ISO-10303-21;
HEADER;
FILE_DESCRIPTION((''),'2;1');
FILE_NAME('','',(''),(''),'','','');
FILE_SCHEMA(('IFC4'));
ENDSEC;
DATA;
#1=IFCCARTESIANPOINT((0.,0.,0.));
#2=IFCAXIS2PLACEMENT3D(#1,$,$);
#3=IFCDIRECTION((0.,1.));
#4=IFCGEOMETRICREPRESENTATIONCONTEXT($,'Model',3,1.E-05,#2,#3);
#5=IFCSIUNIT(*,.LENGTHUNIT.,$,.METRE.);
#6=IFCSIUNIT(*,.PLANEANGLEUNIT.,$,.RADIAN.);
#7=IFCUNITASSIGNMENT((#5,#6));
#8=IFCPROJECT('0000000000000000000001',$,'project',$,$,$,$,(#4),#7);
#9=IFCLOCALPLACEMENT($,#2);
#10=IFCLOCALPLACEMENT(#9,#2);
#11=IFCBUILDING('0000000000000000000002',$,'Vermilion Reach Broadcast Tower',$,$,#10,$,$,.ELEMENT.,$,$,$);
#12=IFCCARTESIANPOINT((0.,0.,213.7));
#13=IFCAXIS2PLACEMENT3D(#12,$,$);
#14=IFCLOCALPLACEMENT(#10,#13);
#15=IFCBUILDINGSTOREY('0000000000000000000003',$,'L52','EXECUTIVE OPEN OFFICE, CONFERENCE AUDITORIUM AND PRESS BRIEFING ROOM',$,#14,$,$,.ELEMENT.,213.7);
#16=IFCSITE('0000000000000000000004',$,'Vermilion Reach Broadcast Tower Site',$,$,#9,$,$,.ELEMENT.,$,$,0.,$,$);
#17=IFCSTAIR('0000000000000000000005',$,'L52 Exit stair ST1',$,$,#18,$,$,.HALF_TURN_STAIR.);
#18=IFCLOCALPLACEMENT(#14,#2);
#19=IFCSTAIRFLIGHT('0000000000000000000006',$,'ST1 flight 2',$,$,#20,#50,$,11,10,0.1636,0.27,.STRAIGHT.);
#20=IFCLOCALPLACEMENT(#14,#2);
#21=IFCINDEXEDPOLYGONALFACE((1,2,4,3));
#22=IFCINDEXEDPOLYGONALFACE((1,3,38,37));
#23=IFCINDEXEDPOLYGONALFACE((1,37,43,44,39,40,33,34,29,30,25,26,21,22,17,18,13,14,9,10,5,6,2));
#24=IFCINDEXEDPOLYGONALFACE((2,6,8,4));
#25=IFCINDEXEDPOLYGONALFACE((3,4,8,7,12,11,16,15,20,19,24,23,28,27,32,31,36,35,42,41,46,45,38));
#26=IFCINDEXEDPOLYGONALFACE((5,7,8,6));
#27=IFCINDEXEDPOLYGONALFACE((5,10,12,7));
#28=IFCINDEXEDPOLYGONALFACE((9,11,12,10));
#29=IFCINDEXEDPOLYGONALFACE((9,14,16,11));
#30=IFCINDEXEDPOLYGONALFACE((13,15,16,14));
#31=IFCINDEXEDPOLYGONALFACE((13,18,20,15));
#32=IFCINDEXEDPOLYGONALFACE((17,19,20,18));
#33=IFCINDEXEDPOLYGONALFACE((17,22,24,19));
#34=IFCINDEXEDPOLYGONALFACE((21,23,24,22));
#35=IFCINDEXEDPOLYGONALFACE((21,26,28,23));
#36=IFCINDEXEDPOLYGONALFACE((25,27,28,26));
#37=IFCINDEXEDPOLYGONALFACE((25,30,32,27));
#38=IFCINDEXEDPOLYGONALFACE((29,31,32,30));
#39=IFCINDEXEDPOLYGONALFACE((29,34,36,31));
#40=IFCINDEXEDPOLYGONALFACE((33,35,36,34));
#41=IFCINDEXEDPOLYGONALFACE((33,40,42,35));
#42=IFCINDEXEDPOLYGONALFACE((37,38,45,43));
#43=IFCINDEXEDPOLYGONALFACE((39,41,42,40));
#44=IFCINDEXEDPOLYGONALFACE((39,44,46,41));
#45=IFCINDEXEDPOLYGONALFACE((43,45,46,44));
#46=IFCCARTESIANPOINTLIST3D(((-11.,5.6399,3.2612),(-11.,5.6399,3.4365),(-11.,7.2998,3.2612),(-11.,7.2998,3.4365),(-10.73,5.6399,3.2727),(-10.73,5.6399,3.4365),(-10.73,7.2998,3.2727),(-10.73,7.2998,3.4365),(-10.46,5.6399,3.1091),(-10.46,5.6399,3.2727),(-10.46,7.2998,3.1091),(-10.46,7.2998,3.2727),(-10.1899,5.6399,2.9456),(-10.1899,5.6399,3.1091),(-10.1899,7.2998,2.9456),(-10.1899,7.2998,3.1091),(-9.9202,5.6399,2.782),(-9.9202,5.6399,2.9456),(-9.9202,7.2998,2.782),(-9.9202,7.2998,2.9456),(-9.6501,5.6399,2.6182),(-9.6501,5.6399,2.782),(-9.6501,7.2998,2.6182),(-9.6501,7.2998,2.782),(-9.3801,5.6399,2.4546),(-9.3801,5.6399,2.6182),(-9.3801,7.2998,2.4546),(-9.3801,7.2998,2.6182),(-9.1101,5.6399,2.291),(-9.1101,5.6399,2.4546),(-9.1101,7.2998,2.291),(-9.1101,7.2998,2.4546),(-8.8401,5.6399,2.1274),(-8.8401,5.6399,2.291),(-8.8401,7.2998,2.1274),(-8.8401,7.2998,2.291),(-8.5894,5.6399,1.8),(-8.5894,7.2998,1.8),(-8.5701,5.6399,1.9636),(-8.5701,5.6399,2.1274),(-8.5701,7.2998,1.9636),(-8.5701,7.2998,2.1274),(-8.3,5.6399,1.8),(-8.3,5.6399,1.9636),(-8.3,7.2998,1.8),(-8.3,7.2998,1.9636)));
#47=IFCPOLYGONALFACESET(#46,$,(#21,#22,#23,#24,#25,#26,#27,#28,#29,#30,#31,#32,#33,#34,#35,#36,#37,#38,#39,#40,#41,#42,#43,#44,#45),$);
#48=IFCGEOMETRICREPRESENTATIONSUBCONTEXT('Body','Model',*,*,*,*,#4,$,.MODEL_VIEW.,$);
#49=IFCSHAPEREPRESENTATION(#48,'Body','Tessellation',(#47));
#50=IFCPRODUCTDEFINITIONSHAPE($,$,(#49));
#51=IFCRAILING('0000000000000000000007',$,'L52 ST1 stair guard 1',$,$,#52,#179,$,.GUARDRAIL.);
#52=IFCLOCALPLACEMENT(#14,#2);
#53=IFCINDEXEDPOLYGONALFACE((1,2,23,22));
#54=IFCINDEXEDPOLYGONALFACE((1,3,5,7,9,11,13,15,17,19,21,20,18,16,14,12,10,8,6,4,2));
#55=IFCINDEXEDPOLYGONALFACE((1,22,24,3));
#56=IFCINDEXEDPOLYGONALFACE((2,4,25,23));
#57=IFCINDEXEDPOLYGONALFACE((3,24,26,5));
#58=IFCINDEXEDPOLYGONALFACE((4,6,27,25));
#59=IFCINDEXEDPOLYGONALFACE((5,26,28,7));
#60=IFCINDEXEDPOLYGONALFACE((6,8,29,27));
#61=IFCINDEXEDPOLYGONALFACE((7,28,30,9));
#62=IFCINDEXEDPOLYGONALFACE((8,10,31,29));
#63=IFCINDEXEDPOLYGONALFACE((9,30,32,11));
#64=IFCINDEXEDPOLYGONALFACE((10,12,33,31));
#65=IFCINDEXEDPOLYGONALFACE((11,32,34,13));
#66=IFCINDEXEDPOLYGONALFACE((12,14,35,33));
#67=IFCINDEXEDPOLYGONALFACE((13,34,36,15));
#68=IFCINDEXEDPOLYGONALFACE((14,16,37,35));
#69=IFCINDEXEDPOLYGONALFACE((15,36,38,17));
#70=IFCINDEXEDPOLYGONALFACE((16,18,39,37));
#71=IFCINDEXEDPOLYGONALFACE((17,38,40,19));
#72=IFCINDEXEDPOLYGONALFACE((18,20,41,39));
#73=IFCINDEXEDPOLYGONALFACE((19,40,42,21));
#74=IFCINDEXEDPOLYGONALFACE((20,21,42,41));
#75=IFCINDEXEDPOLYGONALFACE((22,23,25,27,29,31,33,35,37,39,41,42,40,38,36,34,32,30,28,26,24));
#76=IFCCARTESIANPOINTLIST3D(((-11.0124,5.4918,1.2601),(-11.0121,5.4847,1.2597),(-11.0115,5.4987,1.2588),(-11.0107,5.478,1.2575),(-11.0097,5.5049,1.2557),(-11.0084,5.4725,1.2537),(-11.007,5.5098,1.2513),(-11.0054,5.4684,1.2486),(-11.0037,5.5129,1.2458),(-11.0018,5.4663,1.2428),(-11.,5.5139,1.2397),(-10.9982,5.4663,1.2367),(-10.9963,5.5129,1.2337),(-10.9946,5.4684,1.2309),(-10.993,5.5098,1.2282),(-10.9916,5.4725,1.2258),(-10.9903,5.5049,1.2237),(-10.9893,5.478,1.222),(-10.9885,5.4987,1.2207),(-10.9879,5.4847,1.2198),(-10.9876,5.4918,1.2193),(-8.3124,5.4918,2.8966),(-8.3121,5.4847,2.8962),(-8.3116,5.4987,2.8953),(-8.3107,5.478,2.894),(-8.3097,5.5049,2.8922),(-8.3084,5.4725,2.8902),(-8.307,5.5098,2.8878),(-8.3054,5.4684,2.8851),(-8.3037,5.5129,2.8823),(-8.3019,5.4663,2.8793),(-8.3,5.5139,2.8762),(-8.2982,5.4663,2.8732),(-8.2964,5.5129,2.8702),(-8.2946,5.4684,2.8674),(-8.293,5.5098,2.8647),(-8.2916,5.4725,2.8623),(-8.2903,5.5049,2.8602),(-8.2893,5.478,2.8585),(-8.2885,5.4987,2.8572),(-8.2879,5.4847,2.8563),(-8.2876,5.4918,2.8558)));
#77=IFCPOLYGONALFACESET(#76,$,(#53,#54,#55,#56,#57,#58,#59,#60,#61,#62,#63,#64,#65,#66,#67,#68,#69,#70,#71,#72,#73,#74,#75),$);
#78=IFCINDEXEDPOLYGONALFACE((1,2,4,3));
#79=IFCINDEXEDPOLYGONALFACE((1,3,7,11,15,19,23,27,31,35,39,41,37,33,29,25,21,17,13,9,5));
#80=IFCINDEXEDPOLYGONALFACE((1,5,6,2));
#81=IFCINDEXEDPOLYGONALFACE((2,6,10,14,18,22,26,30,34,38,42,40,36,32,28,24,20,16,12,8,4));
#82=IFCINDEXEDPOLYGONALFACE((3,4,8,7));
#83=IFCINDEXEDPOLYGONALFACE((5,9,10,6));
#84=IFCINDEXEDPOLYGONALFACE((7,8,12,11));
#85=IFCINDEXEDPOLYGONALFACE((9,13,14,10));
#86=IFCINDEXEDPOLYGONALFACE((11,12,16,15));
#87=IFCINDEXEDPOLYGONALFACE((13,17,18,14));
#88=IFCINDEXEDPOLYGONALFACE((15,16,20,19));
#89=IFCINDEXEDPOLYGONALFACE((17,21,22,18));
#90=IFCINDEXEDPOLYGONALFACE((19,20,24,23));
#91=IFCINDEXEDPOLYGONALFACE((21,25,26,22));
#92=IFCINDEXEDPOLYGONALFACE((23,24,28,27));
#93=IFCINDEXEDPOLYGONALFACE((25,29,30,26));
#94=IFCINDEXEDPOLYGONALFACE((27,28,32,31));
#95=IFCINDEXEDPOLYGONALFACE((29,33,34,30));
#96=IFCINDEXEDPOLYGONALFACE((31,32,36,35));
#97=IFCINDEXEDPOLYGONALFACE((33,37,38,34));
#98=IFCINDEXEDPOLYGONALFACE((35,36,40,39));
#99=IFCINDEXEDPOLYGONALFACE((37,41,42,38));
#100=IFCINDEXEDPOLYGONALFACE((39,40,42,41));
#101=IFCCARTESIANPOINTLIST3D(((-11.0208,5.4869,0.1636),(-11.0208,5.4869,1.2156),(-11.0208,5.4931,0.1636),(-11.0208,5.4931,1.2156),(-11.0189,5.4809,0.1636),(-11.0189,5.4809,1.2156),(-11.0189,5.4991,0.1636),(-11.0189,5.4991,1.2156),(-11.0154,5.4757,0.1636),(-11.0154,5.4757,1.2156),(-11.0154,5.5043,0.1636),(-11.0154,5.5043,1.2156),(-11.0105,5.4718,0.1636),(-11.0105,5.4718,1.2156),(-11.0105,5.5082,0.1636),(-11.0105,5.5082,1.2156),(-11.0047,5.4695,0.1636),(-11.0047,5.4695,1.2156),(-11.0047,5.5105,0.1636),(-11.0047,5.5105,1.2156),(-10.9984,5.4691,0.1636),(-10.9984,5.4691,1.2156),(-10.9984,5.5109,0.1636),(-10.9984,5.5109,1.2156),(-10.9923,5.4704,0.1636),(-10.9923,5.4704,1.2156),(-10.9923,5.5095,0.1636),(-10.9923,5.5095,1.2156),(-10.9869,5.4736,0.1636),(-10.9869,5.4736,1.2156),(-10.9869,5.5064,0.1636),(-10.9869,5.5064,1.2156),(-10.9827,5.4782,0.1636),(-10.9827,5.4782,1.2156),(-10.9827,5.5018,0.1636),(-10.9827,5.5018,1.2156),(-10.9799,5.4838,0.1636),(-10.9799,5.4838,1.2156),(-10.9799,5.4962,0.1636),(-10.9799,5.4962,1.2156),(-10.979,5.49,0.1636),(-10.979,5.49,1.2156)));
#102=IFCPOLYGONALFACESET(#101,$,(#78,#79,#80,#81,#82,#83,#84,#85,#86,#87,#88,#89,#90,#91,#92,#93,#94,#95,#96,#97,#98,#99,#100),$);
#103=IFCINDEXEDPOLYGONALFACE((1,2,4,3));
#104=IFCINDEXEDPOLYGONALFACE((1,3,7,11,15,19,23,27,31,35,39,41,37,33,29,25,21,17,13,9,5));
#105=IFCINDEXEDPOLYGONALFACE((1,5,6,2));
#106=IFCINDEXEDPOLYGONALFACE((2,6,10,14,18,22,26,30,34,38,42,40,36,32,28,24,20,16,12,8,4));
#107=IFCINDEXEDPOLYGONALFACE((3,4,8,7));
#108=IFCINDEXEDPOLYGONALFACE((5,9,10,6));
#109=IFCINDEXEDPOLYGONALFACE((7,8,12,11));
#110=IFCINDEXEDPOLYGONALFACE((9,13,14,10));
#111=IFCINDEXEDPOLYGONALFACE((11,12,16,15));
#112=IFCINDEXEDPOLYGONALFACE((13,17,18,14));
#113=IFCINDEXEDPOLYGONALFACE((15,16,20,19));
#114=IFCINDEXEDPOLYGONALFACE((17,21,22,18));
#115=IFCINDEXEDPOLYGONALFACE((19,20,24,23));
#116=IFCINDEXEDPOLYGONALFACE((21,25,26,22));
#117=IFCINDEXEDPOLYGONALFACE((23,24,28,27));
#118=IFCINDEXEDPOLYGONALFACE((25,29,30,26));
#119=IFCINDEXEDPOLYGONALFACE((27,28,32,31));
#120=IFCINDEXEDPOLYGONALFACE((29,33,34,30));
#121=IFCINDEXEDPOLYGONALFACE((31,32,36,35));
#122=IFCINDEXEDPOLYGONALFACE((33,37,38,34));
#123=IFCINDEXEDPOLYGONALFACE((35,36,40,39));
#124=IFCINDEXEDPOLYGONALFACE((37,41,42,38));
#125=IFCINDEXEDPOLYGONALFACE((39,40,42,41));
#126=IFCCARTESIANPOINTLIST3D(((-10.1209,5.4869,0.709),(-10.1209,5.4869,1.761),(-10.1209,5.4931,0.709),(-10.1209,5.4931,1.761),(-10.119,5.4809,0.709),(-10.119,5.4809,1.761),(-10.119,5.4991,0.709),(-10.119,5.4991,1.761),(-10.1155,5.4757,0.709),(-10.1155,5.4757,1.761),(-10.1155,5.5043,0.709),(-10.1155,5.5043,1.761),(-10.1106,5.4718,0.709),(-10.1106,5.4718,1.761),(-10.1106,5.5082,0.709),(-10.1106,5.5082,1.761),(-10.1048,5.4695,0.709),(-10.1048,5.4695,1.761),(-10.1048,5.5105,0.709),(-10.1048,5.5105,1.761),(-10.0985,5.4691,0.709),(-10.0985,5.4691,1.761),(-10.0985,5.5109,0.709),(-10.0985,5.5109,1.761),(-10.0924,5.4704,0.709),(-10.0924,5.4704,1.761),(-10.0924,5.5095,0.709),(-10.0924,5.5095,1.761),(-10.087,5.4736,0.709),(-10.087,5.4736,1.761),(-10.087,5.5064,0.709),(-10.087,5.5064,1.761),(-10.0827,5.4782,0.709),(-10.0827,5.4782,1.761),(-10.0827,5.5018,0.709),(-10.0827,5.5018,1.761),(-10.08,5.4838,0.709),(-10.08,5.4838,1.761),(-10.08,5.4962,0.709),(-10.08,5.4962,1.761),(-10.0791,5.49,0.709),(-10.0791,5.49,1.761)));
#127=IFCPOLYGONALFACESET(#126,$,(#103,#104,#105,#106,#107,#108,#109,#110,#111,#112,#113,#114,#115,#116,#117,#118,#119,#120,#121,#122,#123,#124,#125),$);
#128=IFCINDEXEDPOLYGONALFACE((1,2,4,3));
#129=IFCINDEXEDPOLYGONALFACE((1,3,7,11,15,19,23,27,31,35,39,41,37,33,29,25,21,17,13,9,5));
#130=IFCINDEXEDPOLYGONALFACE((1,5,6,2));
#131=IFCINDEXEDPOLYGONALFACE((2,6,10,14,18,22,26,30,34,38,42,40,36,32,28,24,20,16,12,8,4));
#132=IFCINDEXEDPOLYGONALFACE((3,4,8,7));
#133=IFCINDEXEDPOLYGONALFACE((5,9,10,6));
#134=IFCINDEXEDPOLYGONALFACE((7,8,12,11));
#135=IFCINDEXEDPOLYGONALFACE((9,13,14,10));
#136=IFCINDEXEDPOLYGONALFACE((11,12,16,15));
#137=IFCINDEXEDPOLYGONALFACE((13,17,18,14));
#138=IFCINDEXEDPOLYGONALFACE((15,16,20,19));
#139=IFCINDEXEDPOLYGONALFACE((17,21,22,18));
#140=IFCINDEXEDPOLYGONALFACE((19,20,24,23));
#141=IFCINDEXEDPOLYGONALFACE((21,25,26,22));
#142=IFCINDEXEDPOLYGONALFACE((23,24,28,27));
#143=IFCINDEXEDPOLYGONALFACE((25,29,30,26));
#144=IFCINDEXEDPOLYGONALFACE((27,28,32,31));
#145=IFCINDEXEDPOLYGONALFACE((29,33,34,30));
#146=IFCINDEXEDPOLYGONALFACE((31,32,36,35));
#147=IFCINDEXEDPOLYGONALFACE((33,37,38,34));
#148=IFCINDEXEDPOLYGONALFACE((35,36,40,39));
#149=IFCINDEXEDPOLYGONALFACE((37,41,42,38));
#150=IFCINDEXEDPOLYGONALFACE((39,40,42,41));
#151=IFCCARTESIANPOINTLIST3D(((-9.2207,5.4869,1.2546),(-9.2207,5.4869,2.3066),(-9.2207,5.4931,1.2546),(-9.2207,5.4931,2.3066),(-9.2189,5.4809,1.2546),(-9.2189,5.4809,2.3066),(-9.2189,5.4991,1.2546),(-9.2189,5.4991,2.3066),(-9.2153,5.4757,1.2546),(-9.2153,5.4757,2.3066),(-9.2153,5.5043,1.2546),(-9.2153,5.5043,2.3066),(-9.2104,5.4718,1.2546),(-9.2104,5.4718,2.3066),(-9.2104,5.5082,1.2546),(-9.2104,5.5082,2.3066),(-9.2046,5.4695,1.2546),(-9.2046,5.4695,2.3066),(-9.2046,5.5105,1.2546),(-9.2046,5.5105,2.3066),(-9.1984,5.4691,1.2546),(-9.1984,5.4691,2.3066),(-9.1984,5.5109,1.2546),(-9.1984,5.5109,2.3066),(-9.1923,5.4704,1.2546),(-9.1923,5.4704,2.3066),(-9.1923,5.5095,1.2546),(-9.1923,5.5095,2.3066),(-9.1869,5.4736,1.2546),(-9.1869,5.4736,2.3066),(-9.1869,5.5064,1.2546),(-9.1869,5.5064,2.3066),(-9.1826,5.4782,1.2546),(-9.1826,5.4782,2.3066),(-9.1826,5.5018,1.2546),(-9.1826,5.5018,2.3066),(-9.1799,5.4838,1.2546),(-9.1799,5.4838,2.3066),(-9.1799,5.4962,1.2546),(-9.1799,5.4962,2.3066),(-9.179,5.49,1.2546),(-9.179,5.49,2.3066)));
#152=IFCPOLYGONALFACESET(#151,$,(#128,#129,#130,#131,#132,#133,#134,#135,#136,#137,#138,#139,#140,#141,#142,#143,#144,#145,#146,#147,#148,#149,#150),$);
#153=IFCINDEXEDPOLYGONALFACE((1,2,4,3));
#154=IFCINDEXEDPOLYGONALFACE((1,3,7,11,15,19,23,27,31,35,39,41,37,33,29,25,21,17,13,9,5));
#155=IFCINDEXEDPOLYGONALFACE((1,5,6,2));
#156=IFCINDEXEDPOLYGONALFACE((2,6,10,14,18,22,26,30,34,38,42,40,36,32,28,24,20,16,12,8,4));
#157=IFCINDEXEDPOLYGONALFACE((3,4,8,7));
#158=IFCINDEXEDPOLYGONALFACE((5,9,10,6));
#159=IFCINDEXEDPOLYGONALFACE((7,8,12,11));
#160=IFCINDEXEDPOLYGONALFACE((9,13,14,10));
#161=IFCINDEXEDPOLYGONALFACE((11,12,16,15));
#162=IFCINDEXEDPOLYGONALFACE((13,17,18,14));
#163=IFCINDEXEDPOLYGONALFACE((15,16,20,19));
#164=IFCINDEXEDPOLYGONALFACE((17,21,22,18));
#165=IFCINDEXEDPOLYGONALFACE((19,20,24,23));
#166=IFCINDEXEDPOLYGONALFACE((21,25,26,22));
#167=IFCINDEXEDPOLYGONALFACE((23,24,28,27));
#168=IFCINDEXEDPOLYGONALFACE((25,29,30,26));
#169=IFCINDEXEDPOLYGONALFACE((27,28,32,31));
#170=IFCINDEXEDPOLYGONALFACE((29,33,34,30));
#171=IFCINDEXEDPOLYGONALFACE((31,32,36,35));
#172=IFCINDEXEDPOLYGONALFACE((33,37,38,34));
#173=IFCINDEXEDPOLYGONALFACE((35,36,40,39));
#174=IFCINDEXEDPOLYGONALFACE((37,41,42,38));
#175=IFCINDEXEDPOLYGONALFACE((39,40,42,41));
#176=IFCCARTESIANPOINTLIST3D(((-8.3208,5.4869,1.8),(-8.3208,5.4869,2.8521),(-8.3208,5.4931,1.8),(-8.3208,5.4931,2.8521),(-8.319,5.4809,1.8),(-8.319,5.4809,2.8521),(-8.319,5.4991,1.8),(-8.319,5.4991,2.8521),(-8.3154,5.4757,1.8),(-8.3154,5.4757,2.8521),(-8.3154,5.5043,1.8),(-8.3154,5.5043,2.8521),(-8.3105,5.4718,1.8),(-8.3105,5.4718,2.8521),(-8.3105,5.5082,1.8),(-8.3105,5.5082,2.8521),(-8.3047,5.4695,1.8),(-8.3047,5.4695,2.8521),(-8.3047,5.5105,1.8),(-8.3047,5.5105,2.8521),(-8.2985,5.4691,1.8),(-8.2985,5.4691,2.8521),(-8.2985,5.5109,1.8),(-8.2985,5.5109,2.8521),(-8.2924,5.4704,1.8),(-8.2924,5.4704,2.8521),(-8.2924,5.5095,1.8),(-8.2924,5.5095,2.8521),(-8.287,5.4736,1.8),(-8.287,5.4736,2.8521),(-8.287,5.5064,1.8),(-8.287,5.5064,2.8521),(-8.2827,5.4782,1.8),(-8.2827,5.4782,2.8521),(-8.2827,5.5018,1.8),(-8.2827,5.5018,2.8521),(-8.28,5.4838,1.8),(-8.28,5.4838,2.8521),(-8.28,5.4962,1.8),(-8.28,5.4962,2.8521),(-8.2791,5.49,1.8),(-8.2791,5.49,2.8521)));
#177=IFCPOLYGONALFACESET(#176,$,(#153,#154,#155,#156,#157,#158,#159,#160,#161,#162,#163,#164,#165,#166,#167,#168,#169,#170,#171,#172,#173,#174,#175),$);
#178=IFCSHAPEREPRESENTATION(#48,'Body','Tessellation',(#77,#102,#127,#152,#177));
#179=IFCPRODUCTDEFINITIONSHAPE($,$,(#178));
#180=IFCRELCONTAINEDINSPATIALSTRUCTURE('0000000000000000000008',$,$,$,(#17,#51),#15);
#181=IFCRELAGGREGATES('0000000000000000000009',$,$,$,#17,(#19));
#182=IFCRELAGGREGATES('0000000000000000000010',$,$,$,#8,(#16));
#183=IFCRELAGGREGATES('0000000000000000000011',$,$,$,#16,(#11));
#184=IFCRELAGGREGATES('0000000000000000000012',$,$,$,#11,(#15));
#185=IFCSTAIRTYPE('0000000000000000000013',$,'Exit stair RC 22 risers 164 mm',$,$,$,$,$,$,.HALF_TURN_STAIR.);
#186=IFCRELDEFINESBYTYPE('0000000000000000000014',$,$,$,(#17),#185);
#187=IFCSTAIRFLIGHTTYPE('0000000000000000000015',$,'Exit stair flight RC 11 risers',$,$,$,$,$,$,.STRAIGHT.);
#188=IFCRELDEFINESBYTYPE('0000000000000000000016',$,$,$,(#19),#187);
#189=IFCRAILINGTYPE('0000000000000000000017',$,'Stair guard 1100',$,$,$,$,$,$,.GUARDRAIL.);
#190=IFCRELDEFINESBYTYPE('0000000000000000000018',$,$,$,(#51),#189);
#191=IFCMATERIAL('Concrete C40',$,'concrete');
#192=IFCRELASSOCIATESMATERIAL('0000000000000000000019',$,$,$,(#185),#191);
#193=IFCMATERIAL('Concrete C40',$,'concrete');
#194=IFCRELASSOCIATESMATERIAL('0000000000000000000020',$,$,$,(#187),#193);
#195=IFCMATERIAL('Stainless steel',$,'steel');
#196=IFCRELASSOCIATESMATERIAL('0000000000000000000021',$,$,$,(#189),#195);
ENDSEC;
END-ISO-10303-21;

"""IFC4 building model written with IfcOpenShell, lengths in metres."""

from ifc_helpers import new_model, si_unit, direction, frame, origin, origin_2d, place, context, subcontext, project, spatial, polyline, circle, outline, extrude, material, type_object, element, aggregate, save


model = new_model("IFC4")

# Units and contexts
model_context = context("Model", 3, precision=1e-05, world=origin(), true_north=direction((0.0, 1.0)))
body_context = subcontext(model_context, "Body", "Model", "MODEL_VIEW")
ifc_project = project(units=[si_unit("LENGTHUNIT", "METRE"), si_unit("PLANEANGLEUNIT", "RADIAN")], contexts=[model_context])

# Site, building, storey
site_placement = place(None, origin())
site = spatial("IfcSite", under=ifc_project, at=site_placement, Name="Vermilion Reach Broadcast Tower Site", CompositionType="ELEMENT", RefElevation=0.0)
building_placement = place(site_placement, origin())
building = spatial("IfcBuilding", under=site, at=building_placement, Name="Vermilion Reach Broadcast Tower", CompositionType="ELEMENT")
storey_placement = place(building_placement, frame((0.0, 0.0, 213.7)))
storey = spatial("IfcBuildingStorey", under=building, at=storey_placement, Name="L52", Description="EXECUTIVE OPEN OFFICE, CONFERENCE AUDITORIUM AND PRESS BRIEFING ROOM", CompositionType="ELEMENT", Elevation=213.7)

# Stair, stair flight
ifc_material_1 = material(Name="Concrete C40", Category="concrete")
stair_type = type_object("IfcStairType", Name="Exit stair RC 22 risers 164 mm", PredefinedType="HALF_TURN_STAIR", material=ifc_material_1)
stair_placement = place(storey_placement, origin())
stair = element("IfcStair", 1, at=stair_placement, inside=storey, type_object=stair_type, Name="L52 Exit stair ST1", PredefinedType="HALF_TURN_STAIR")
ifc_material_2 = material(Name="Concrete C40", Category="concrete")
stair_flight_type = type_object("IfcStairFlightType", Name="Exit stair flight RC 11 risers", PredefinedType="STRAIGHT", material=ifc_material_2)
stair_flight_1_placement = place(storey_placement, frame((-8.3, 6.47, 1.8), z_axis=(0.0, 0.0, 1.0), x_axis=(-1.0, 0.0, 0.0)))
stair_flight_1 = element("IfcStairFlight", 2, at=stair_flight_1_placement, type_object=stair_flight_type, Name="ST1 flight 2", NumberOfRisers=11, NumberOfTreads=10, PredefinedType="STRAIGHT", RiserHeight=0.1636, TreadLength=0.27, context=body_context, shape_type="SweptSolid", body=[
    extrude(outline(polyline([(0.0, 0.0), (0.0, 0.1636), (0.27, 0.1636), (0.27, 0.3274), (0.54, 0.3274), (0.54, 0.491), (0.8101, 0.491), (0.8101, 0.6545), (1.0801, 0.6545), (1.0801, 0.8181), (1.3501, 0.8181), (1.3501, 0.9819), (1.6201, 0.9819), (1.6201, 1.1455), (1.8899, 1.1455), (1.8899, 1.3091), (2.1599, 1.3091), (2.1599, 1.4727), (2.4299, 1.4727), (2.4299, 1.6365), (2.7, 1.6365), (2.7, 1.8), (2.7, 1.4612), (0.2893, 0.0), (0.0, 0.0)])), frame((0.0, 0.8301, 0.0), z_axis=(0.0, -1.0, 0.0), x_axis=(1.0, 0.0, 0.0)), (0.0, 0.0, 1.0), 1.6599),
])
aggregate(stair, [stair_flight_1])

# Railing
ifc_material_3 = material(Name="Stainless steel", Category="steel")
railing_type_1 = type_object("IfcRailingType", Name="Stair guard 1100", PredefinedType="GUARDRAIL", material=ifc_material_3)
railing_1_placement = place(storey_placement, frame((-11.0, 5.49, 0.1636)))
element("IfcRailing", 3, at=railing_1_placement, inside=storey, type_object=railing_type_1, Name="L52 ST1 stair guard 1", PredefinedType="GUARDRAIL", context=body_context, shape_type="SweptSolid", body=[
    extrude(circle(Radius=0.0239, at=origin_2d()), frame((0.0, 0.0, 1.0762), z_axis=(0.855178, 0.0, 0.518334), x_axis=(0.0, 1.0, 0.0)), (0.0, 0.0, 1.0), 3.1572),
    extrude(circle(Radius=0.021, at=origin_2d()), origin(), (0.0, 0.0, 1.0), 1.052),
    extrude(circle(Radius=0.021, at=origin_2d()), frame((0.8999, 0.0, 0.5454)), (0.0, 0.0, 1.0), 1.052),
    extrude(circle(Radius=0.021, at=origin_2d()), frame((1.8, 0.0, 1.0911)), (0.0, 0.0, 1.0), 1.052),
    extrude(circle(Radius=0.021, at=origin_2d()), frame((2.7, 0.0, 1.6365)), (0.0, 0.0, 1.0), 1.052),
])

save(model, "model.ifc")
